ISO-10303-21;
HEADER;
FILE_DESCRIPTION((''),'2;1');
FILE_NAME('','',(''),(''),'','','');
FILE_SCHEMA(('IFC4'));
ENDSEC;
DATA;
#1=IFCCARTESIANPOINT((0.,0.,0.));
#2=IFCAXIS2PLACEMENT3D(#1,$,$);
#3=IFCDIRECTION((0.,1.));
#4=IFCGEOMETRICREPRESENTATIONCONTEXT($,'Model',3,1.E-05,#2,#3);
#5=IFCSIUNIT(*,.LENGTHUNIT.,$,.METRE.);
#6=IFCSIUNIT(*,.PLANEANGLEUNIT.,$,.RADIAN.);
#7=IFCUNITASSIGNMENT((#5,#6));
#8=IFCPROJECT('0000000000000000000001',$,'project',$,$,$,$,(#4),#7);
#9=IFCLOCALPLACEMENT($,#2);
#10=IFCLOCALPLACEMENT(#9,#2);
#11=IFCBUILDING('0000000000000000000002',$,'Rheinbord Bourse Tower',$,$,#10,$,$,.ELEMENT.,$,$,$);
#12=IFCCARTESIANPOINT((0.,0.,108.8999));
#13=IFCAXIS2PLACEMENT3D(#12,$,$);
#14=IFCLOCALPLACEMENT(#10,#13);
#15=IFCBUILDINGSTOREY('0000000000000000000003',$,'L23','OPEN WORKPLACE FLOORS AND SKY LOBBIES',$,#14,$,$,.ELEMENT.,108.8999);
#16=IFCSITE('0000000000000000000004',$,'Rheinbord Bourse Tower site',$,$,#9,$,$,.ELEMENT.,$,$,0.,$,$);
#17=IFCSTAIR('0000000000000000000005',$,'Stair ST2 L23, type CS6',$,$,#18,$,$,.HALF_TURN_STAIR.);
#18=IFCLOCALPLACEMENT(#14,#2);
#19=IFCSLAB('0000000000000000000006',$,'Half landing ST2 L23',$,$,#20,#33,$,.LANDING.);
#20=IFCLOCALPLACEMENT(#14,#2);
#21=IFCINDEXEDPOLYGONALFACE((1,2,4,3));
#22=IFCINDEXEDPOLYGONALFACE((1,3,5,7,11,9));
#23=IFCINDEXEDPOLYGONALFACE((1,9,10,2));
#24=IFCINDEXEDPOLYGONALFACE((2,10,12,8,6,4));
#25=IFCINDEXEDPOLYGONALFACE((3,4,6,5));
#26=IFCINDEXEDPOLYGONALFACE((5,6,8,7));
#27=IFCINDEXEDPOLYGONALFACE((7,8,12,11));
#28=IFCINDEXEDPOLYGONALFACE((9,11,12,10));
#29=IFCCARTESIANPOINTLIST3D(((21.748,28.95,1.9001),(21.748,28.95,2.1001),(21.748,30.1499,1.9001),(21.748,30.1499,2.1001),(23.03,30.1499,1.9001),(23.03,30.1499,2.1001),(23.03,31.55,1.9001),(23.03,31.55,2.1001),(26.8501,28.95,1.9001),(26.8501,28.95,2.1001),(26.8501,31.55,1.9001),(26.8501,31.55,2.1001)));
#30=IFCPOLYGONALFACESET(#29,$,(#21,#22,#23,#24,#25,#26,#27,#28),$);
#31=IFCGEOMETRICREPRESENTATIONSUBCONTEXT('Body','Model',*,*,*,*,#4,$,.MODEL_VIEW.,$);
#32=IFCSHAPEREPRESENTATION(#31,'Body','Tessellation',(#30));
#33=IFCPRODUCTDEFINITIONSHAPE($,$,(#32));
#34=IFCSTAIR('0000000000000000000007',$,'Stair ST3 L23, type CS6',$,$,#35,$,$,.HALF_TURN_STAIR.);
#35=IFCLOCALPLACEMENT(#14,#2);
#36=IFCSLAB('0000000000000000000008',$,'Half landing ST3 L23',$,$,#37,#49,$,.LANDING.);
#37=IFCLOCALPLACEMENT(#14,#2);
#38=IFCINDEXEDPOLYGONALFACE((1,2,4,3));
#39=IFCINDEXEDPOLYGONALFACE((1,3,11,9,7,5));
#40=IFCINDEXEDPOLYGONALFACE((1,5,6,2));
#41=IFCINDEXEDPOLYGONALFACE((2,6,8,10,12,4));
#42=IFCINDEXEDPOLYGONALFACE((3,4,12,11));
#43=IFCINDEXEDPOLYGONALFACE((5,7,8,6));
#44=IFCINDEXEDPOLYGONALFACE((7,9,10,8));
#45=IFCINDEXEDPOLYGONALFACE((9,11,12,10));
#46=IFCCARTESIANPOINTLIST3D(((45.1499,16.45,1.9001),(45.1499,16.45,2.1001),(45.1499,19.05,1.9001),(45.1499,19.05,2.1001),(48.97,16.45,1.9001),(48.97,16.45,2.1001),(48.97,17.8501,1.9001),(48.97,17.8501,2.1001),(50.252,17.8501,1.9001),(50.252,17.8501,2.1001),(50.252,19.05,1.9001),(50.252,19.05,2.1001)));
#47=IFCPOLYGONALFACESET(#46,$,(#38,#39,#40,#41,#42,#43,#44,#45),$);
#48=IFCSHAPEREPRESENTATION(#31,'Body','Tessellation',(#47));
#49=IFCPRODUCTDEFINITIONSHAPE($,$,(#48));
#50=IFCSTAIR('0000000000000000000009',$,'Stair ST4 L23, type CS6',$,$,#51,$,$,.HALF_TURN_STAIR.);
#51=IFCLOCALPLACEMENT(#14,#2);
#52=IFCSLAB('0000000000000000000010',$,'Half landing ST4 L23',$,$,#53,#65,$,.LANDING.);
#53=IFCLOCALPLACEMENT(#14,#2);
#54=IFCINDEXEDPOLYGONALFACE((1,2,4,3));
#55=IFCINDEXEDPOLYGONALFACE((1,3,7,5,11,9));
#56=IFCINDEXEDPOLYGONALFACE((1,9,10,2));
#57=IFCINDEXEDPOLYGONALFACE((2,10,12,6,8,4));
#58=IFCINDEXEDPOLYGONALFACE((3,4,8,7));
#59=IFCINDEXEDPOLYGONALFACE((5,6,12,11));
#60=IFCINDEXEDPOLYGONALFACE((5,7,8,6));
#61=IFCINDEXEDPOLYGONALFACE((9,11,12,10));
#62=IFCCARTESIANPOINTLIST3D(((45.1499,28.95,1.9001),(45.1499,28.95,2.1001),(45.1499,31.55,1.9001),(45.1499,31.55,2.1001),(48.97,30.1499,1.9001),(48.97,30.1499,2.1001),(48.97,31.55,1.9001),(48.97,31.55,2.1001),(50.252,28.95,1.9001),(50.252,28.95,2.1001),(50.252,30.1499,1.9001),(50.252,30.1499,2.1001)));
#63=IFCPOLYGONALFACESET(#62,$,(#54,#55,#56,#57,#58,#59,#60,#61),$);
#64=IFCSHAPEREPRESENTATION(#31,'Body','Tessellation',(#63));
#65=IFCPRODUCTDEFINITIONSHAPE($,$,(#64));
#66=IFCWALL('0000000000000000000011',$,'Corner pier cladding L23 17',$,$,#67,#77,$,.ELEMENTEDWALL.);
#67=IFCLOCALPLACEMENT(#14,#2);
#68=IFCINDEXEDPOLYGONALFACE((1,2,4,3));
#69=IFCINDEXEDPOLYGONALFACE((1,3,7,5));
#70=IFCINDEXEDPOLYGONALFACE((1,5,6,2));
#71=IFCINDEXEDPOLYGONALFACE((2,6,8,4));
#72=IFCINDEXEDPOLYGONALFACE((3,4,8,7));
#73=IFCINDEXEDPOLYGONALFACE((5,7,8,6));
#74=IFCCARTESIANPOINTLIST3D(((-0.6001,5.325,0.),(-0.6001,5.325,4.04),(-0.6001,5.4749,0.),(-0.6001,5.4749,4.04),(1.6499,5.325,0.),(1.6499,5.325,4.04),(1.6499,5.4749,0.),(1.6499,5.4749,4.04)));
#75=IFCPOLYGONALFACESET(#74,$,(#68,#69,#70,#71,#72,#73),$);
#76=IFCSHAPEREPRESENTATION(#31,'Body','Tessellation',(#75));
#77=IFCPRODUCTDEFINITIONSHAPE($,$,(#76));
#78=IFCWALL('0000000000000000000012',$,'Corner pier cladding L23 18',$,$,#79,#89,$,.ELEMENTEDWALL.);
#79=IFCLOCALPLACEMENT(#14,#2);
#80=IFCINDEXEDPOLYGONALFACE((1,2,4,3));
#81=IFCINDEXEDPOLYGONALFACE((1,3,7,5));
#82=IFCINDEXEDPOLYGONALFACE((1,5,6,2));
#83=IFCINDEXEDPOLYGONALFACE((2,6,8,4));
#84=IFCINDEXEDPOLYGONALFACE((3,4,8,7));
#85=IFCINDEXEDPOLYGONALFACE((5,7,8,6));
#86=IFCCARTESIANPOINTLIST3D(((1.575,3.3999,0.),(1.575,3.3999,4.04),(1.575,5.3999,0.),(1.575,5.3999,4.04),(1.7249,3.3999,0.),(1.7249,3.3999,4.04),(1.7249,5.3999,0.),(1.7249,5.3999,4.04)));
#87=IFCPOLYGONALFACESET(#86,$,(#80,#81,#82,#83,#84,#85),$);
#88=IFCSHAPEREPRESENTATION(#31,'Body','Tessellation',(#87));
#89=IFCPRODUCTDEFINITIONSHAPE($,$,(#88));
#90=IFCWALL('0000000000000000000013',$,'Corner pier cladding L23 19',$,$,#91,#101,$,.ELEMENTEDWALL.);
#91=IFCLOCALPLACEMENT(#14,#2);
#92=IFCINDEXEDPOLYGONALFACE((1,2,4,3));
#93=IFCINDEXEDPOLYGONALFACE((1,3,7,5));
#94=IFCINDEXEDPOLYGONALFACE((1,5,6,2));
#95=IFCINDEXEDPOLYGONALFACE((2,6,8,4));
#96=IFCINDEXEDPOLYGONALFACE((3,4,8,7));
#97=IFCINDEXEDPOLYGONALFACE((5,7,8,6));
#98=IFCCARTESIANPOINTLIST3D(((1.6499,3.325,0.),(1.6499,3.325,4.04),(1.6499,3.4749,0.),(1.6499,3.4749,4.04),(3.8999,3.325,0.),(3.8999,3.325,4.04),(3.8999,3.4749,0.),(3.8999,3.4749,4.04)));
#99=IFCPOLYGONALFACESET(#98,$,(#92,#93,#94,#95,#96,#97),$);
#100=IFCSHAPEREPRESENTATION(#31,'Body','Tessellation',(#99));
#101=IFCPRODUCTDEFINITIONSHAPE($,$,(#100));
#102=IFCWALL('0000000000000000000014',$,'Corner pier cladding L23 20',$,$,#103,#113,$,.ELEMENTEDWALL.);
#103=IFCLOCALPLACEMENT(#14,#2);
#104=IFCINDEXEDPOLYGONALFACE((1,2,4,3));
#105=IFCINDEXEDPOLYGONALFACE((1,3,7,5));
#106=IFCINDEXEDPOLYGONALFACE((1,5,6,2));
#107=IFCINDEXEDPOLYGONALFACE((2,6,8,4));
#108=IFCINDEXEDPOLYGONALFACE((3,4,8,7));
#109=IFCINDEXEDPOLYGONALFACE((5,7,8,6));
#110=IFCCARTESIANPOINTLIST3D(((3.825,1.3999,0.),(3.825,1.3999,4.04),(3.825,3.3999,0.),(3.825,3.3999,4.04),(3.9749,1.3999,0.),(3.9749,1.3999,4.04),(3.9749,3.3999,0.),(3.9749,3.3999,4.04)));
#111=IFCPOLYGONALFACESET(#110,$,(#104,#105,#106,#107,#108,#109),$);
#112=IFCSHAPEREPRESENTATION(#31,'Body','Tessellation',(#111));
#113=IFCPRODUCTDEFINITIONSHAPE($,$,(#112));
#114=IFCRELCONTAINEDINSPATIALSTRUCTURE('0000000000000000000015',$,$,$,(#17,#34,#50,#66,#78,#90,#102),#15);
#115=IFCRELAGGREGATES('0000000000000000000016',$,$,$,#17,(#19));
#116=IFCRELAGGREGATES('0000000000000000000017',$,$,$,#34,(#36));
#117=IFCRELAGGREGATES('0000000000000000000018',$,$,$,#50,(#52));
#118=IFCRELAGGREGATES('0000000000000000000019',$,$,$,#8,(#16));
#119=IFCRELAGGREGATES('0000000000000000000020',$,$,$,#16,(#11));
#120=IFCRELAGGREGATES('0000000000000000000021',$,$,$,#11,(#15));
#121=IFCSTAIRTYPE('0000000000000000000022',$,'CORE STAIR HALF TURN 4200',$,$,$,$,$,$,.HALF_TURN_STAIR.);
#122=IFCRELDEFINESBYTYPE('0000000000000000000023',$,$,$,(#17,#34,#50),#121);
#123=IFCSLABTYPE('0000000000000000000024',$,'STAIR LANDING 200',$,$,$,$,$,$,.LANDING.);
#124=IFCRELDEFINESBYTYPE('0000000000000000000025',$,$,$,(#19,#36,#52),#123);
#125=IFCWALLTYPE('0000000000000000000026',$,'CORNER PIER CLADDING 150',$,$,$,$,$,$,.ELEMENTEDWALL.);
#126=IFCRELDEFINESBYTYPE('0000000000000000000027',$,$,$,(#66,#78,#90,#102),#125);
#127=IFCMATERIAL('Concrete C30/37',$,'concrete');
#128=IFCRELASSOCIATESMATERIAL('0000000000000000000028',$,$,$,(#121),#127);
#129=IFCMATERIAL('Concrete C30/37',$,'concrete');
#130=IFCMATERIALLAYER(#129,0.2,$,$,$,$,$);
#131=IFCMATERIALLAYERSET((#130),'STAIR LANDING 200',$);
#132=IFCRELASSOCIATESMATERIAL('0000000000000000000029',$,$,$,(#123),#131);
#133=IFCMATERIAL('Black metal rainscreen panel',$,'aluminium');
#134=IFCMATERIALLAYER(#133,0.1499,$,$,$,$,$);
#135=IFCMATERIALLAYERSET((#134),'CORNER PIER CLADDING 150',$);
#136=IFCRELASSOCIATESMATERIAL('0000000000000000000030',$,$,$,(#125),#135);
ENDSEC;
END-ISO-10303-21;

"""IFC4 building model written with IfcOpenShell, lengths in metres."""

from ifc_helpers import new_model, si_unit, direction, frame, frame_2d, origin, place, context, subcontext, project, spatial, polyline, rectangle, outline, extrude, material, layer, layer_set, type_object, element, aggregate, save


model = new_model("IFC4")

# Units and contexts
model_context = context("Model", 3, precision=1e-05, world=origin(), true_north=direction((0.0, 1.0)))
body_context = subcontext(model_context, "Body", "Model", "MODEL_VIEW")
ifc_project = project(units=[si_unit("LENGTHUNIT", "METRE"), si_unit("PLANEANGLEUNIT", "RADIAN")], contexts=[model_context])

# Site, building, storey
site_placement = place(None, origin())
site = spatial("IfcSite", under=ifc_project, at=site_placement, Name="Rheinbord Bourse Tower site", CompositionType="ELEMENT", RefElevation=0.0)
building_placement = place(site_placement, origin())
building = spatial("IfcBuilding", under=site, at=building_placement, Name="Rheinbord Bourse Tower", CompositionType="ELEMENT")
storey_placement = place(building_placement, frame((0.0, 0.0, 108.8999)))
storey = spatial("IfcBuildingStorey", under=building, at=storey_placement, Name="L23", Description="OPEN WORKPLACE FLOORS AND SKY LOBBIES", CompositionType="ELEMENT", Elevation=108.8999)

# Stairs, slabs
ifc_material_1 = material(Name="Concrete C30/37", Category="concrete")
stair_type = type_object("IfcStairType", Name="CORE STAIR HALF TURN 4200", PredefinedType="HALF_TURN_STAIR", material=ifc_material_1)
ifc_material_2 = material(Name="Concrete C30/37", Category="concrete")
ifc_layer_1 = layer(ifc_material_2, 0.2)
ifc_layer_set_1 = layer_set([ifc_layer_1], Name="STAIR LANDING 200")
slab_type_1 = type_object("IfcSlabType", Name="STAIR LANDING 200", PredefinedType="LANDING", material=ifc_layer_set_1)
stair_1_placement = place(storey_placement, origin())
stair_1 = element("IfcStair", 1, at=stair_1_placement, inside=storey, type_object=stair_type, Name="Stair ST2 L23, type CS6", PredefinedType="HALF_TURN_STAIR")
slab_1_placement = place(storey_placement, frame((0.0, 0.0, 1.9001)))
slab_1 = element("IfcSlab", 2, at=slab_1_placement, type_object=slab_type_1, Name="Half landing ST2 L23", PredefinedType="LANDING", context=body_context, shape_type="SweptSolid", body=[
    extrude(outline(polyline([(21.748, 28.95), (26.8501, 28.95), (26.8501, 31.55), (23.03, 31.55), (23.03, 30.1499), (21.748, 30.1499), (21.748, 28.95)])), origin(), (0.0, 0.0, 1.0), 0.2),
])
aggregate(stair_1, [slab_1])
stair_2_placement = place(storey_placement, origin())
stair_2 = element("IfcStair", 3, at=stair_2_placement, inside=storey, type_object=stair_type, Name="Stair ST3 L23, type CS6", PredefinedType="HALF_TURN_STAIR")
slab_2_placement = place(storey_placement, frame((0.0, 0.0, 1.9001)))
slab_2 = element("IfcSlab", 4, at=slab_2_placement, type_object=slab_type_1, Name="Half landing ST3 L23", PredefinedType="LANDING", context=body_context, shape_type="SweptSolid", body=[
    extrude(outline(polyline([(45.1499, 16.45), (48.97, 16.45), (48.97, 17.8501), (50.252, 17.8501), (50.252, 19.05), (45.1499, 19.05), (45.1499, 16.45)])), origin(), (0.0, 0.0, 1.0), 0.2),
])
aggregate(stair_2, [slab_2])
stair_3_placement = place(storey_placement, origin())
stair_3 = element("IfcStair", 5, at=stair_3_placement, inside=storey, type_object=stair_type, Name="Stair ST4 L23, type CS6", PredefinedType="HALF_TURN_STAIR")
slab_3_placement = place(storey_placement, frame((0.0, 0.0, 1.9001)))
slab_3 = element("IfcSlab", 6, at=slab_3_placement, type_object=slab_type_1, Name="Half landing ST4 L23", PredefinedType="LANDING", context=body_context, shape_type="SweptSolid", body=[
    extrude(outline(polyline([(45.1499, 28.95), (50.252, 28.95), (50.252, 30.1499), (48.97, 30.1499), (48.97, 31.55), (45.1499, 31.55), (45.1499, 28.95)])), origin(), (0.0, 0.0, 1.0), 0.2),
])
aggregate(stair_3, [slab_3])

# Walls
ifc_material_3 = material(Name="Black metal rainscreen panel", Category="aluminium")
ifc_layer_2 = layer(ifc_material_3, 0.1499)
ifc_layer_set_2 = layer_set([ifc_layer_2], Name="CORNER PIER CLADDING 150")
wall_type = type_object("IfcWallType", Name="CORNER PIER CLADDING 150", PredefinedType="ELEMENTEDWALL", material=ifc_layer_set_2)
wall_1_placement = place(storey_placement, frame((-0.6001, 5.3999, 0.0), z_axis=(0.0, 0.0, 1.0), x_axis=(1.0, 0.0, 0.0)))
element("IfcWall", 7, at=wall_1_placement, inside=storey, type_object=wall_type, Name="Corner pier cladding L23 17", PredefinedType="ELEMENTEDWALL", context=body_context, shape_type="SweptSolid", body=[
    extrude(rectangle(XDim=2.25, YDim=0.1499, at=frame_2d((1.125, 0.0))), origin(), (0.0, 0.0, 1.0), 4.04),
])
wall_2_placement = place(storey_placement, frame((1.6499, 5.3999, 0.0), z_axis=(0.0, 0.0, 1.0), x_axis=(0.0, -1.0, 0.0)))
element("IfcWall", 8, at=wall_2_placement, inside=storey, type_object=wall_type, Name="Corner pier cladding L23 18", PredefinedType="ELEMENTEDWALL", context=body_context, shape_type="SweptSolid", body=[
    extrude(rectangle(XDim=2.0, YDim=0.1499, at=frame_2d((1.0, 0.0))), origin(), (0.0, 0.0, 1.0), 4.04),
])
wall_3_placement = place(storey_placement, frame((1.6499, 3.3999, 0.0), z_axis=(0.0, 0.0, 1.0), x_axis=(1.0, 0.0, 0.0)))
element("IfcWall", 9, at=wall_3_placement, inside=storey, type_object=wall_type, Name="Corner pier cladding L23 19", PredefinedType="ELEMENTEDWALL", context=body_context, shape_type="SweptSolid", body=[
    extrude(rectangle(XDim=2.25, YDim=0.1499, at=frame_2d((1.125, 0.0))), origin(), (0.0, 0.0, 1.0), 4.04),
])
wall_4_placement = place(storey_placement, frame((3.8999, 3.3999, 0.0), z_axis=(0.0, 0.0, 1.0), x_axis=(0.0, -1.0, 0.0)))
element("IfcWall", 10, at=wall_4_placement, inside=storey, type_object=wall_type, Name="Corner pier cladding L23 20", PredefinedType="ELEMENTEDWALL", context=body_context, shape_type="SweptSolid", body=[
    extrude(rectangle(XDim=2.0, YDim=0.1499, at=frame_2d((1.0, 0.0))), origin(), (0.0, 0.0, 1.0), 4.04),
])

save(model, "model.ifc")
